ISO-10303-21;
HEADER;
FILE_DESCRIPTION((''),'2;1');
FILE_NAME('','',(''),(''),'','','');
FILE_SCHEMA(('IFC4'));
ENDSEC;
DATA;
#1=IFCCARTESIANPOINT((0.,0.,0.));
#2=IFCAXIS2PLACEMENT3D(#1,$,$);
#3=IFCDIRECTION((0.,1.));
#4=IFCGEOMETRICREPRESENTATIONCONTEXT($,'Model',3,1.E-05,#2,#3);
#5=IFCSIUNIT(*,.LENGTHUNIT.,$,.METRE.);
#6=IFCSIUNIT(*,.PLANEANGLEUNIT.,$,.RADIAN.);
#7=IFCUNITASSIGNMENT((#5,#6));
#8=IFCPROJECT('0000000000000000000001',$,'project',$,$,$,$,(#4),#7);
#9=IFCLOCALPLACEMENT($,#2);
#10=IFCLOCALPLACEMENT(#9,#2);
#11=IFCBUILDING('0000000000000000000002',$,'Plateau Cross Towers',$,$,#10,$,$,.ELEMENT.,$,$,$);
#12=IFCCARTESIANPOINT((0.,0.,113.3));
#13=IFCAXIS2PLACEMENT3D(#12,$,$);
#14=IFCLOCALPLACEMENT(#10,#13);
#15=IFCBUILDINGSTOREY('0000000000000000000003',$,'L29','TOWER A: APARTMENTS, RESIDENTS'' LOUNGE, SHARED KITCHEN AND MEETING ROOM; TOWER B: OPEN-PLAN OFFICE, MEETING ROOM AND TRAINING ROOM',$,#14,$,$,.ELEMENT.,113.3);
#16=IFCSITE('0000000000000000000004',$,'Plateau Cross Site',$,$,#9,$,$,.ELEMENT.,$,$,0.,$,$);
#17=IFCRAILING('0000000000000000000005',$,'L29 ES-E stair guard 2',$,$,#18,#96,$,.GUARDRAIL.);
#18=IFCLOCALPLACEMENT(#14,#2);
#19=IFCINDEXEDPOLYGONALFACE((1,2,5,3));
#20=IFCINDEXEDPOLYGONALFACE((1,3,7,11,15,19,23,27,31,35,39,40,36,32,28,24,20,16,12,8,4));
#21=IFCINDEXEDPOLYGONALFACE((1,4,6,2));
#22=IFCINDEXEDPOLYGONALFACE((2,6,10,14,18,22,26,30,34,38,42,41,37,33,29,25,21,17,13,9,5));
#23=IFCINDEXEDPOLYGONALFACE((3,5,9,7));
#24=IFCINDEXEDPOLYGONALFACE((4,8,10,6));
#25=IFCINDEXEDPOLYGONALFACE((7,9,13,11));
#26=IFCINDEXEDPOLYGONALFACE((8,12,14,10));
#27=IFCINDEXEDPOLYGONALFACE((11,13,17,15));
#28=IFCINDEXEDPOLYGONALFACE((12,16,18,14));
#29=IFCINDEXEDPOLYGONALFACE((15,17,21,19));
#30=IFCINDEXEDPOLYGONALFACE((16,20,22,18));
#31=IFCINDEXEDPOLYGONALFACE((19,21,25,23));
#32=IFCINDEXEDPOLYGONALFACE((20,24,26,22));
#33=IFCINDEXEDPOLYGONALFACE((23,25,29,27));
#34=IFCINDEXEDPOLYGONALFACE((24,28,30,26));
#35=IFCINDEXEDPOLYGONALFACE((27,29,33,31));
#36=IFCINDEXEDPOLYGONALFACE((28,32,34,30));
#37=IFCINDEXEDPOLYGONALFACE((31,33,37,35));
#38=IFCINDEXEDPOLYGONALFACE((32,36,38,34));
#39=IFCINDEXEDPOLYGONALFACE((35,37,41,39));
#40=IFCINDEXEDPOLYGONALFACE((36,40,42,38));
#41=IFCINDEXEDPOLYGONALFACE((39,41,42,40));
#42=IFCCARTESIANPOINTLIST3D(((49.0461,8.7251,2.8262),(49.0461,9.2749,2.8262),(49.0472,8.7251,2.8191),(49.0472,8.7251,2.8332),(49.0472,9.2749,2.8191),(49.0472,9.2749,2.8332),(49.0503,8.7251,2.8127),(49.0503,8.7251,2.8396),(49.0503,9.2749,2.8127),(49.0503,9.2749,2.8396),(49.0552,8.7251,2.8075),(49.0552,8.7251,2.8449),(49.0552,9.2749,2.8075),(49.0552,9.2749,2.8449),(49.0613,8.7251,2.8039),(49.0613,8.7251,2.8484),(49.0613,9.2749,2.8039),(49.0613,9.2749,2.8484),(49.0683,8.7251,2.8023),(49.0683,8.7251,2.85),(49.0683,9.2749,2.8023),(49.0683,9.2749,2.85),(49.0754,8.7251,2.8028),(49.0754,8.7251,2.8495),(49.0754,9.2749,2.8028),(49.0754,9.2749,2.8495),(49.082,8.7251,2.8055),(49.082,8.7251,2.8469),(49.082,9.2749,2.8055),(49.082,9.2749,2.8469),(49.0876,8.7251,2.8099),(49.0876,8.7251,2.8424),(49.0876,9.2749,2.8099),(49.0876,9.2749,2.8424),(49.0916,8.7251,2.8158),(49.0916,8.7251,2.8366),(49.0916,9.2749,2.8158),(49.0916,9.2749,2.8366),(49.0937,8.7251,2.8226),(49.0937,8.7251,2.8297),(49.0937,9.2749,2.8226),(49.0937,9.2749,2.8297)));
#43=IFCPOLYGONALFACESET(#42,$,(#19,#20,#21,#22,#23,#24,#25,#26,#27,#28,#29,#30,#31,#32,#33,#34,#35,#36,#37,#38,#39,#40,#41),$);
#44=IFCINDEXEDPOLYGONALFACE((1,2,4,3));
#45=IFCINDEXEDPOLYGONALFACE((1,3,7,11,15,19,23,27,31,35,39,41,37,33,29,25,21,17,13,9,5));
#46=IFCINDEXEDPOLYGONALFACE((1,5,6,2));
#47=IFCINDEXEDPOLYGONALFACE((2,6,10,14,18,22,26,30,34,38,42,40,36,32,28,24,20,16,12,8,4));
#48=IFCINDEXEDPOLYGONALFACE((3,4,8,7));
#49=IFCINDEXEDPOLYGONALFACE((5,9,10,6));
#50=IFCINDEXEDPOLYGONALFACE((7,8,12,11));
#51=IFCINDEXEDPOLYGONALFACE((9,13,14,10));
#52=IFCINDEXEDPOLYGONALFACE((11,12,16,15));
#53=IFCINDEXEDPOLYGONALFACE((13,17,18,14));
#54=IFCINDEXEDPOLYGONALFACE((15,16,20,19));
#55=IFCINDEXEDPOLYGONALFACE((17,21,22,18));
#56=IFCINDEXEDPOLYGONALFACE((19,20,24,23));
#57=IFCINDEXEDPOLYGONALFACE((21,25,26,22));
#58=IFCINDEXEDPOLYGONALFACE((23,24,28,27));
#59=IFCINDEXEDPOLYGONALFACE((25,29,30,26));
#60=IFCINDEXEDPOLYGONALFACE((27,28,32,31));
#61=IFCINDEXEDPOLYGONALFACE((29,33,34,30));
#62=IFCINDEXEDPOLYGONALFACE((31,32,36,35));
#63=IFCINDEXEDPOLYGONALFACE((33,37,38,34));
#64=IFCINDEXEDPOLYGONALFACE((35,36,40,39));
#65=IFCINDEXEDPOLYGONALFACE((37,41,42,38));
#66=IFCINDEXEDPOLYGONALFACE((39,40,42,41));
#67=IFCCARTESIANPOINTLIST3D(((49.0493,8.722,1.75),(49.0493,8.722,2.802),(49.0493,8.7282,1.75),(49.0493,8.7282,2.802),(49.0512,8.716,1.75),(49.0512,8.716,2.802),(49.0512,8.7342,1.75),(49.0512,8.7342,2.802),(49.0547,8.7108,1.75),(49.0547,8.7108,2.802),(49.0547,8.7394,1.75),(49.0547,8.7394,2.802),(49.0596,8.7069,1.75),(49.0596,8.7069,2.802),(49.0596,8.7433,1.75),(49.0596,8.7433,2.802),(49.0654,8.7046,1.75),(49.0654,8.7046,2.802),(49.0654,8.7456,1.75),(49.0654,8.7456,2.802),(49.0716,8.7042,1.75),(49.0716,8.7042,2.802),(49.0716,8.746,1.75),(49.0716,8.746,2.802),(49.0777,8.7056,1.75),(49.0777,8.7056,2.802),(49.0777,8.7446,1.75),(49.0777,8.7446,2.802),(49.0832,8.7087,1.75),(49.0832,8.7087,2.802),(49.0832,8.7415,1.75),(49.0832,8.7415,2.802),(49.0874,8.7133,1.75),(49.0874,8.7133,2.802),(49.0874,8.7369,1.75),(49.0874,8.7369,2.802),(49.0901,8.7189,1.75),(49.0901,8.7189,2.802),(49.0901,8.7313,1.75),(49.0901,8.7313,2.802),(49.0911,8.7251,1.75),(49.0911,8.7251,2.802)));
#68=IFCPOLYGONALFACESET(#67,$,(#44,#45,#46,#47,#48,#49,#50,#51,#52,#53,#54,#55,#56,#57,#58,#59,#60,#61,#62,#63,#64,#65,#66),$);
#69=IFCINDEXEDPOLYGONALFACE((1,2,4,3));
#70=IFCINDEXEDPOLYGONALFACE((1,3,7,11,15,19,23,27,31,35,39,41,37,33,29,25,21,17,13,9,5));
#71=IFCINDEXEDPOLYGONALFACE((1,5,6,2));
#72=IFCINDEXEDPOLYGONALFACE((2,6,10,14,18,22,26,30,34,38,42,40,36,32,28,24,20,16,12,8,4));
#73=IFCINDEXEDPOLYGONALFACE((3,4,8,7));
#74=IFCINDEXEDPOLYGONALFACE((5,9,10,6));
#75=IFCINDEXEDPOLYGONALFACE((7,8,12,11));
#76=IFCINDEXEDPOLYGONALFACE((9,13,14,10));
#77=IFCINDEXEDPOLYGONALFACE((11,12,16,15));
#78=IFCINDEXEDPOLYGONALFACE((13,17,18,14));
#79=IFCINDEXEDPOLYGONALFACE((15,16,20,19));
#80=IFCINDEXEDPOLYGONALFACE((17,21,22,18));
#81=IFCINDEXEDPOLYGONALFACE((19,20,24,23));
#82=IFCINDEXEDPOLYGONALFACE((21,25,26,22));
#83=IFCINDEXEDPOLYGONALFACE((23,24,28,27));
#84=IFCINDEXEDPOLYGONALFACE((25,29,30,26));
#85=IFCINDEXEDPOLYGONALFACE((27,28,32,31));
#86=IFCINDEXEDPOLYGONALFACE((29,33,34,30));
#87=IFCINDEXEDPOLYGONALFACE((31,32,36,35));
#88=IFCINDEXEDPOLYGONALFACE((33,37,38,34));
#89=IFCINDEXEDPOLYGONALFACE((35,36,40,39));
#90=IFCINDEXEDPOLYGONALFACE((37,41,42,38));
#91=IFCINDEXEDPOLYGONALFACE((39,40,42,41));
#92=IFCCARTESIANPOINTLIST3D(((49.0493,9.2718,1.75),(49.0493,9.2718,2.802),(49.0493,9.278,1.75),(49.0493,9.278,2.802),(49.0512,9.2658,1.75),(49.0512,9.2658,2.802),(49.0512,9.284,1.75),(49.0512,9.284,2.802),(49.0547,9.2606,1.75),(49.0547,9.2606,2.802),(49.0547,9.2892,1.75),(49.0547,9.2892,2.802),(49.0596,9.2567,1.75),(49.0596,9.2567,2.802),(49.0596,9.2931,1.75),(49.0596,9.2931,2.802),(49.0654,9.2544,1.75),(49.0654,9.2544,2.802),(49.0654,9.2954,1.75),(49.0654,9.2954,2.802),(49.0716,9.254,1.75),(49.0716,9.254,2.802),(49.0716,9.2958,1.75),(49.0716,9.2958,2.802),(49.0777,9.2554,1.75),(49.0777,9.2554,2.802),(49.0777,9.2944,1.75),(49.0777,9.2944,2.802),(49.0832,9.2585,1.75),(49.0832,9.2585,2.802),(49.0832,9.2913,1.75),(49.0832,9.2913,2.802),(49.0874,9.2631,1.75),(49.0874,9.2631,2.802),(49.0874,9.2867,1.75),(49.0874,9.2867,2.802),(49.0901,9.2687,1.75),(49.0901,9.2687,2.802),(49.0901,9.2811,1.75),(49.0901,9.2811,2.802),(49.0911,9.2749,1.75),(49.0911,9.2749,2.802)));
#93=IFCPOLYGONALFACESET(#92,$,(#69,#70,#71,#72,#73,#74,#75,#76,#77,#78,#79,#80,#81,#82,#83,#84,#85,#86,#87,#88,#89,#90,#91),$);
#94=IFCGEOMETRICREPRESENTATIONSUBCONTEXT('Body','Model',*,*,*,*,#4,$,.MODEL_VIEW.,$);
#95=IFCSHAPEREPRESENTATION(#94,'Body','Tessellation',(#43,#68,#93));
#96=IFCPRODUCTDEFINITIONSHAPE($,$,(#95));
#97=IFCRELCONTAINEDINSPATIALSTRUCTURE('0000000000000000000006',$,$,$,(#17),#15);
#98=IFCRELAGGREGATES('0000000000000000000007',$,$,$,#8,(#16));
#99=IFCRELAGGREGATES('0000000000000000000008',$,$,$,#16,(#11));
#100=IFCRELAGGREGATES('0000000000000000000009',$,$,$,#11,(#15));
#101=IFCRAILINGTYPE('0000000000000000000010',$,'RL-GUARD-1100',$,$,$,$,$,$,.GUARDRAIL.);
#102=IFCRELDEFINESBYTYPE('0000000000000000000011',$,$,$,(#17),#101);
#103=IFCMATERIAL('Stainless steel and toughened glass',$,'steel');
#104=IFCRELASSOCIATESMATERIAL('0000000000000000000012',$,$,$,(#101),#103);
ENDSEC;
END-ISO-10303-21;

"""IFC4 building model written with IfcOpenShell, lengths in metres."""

from ifc_helpers import new_model, si_unit, direction, frame, origin, origin_2d, place, context, subcontext, project, spatial, circle, extrude, material, type_object, element, save


model = new_model("IFC4")

# Units and contexts
model_context = context("Model", 3, precision=1e-05, world=origin(), true_north=direction((0.0, 1.0)))
body_context = subcontext(model_context, "Body", "Model", "MODEL_VIEW")
ifc_project = project(units=[si_unit("LENGTHUNIT", "METRE"), si_unit("PLANEANGLEUNIT", "RADIAN")], contexts=[model_context])

# Site, building, storey
site_placement = place(None, origin())
site = spatial("IfcSite", under=ifc_project, at=site_placement, Name="Plateau Cross Site", CompositionType="ELEMENT", RefElevation=0.0)
building_placement = place(site_placement, origin())
building = spatial("IfcBuilding", under=site, at=building_placement, Name="Plateau Cross Towers", CompositionType="ELEMENT")
storey_placement = place(building_placement, frame((0.0, 0.0, 113.3)))
storey = spatial("IfcBuildingStorey", under=building, at=storey_placement, Name="L29", Description="TOWER A: APARTMENTS, RESIDENTS' LOUNGE, SHARED KITCHEN AND MEETING ROOM; TOWER B: OPEN-PLAN OFFICE, MEETING ROOM AND TRAINING ROOM", CompositionType="ELEMENT", Elevation=113.3)

# Railing
ifc_material_1 = material(Name="Stainless steel and toughened glass", Category="steel")
railing_type_1 = type_object("IfcRailingType", Name="RL-GUARD-1100", PredefinedType="GUARDRAIL", material=ifc_material_1)
railing_1_placement = place(storey_placement, frame((49.0701, 8.7251, 1.75)))
element("IfcRailing", 1, at=railing_1_placement, inside=storey, type_object=railing_type_1, Name="L29 ES-E stair guard 2", PredefinedType="GUARDRAIL", context=body_context, shape_type="SweptSolid", body=[
    extrude(circle(Radius=0.0239, at=origin_2d()), frame((0.0, 0.0, 1.0762), z_axis=(0.0, 1.0, 0.0), x_axis=(-1.0, 0.0, 0.0)), (0.0, 0.0, 1.0), 0.5498),
    extrude(circle(Radius=0.021, at=origin_2d()), origin(), (0.0, 0.0, 1.0), 1.052),
    extrude(circle(Radius=0.021, at=origin_2d()), frame((0.0, 0.5498, 0.0)), (0.0, 0.0, 1.0), 1.052),
])

save(model, "model.ifc")
